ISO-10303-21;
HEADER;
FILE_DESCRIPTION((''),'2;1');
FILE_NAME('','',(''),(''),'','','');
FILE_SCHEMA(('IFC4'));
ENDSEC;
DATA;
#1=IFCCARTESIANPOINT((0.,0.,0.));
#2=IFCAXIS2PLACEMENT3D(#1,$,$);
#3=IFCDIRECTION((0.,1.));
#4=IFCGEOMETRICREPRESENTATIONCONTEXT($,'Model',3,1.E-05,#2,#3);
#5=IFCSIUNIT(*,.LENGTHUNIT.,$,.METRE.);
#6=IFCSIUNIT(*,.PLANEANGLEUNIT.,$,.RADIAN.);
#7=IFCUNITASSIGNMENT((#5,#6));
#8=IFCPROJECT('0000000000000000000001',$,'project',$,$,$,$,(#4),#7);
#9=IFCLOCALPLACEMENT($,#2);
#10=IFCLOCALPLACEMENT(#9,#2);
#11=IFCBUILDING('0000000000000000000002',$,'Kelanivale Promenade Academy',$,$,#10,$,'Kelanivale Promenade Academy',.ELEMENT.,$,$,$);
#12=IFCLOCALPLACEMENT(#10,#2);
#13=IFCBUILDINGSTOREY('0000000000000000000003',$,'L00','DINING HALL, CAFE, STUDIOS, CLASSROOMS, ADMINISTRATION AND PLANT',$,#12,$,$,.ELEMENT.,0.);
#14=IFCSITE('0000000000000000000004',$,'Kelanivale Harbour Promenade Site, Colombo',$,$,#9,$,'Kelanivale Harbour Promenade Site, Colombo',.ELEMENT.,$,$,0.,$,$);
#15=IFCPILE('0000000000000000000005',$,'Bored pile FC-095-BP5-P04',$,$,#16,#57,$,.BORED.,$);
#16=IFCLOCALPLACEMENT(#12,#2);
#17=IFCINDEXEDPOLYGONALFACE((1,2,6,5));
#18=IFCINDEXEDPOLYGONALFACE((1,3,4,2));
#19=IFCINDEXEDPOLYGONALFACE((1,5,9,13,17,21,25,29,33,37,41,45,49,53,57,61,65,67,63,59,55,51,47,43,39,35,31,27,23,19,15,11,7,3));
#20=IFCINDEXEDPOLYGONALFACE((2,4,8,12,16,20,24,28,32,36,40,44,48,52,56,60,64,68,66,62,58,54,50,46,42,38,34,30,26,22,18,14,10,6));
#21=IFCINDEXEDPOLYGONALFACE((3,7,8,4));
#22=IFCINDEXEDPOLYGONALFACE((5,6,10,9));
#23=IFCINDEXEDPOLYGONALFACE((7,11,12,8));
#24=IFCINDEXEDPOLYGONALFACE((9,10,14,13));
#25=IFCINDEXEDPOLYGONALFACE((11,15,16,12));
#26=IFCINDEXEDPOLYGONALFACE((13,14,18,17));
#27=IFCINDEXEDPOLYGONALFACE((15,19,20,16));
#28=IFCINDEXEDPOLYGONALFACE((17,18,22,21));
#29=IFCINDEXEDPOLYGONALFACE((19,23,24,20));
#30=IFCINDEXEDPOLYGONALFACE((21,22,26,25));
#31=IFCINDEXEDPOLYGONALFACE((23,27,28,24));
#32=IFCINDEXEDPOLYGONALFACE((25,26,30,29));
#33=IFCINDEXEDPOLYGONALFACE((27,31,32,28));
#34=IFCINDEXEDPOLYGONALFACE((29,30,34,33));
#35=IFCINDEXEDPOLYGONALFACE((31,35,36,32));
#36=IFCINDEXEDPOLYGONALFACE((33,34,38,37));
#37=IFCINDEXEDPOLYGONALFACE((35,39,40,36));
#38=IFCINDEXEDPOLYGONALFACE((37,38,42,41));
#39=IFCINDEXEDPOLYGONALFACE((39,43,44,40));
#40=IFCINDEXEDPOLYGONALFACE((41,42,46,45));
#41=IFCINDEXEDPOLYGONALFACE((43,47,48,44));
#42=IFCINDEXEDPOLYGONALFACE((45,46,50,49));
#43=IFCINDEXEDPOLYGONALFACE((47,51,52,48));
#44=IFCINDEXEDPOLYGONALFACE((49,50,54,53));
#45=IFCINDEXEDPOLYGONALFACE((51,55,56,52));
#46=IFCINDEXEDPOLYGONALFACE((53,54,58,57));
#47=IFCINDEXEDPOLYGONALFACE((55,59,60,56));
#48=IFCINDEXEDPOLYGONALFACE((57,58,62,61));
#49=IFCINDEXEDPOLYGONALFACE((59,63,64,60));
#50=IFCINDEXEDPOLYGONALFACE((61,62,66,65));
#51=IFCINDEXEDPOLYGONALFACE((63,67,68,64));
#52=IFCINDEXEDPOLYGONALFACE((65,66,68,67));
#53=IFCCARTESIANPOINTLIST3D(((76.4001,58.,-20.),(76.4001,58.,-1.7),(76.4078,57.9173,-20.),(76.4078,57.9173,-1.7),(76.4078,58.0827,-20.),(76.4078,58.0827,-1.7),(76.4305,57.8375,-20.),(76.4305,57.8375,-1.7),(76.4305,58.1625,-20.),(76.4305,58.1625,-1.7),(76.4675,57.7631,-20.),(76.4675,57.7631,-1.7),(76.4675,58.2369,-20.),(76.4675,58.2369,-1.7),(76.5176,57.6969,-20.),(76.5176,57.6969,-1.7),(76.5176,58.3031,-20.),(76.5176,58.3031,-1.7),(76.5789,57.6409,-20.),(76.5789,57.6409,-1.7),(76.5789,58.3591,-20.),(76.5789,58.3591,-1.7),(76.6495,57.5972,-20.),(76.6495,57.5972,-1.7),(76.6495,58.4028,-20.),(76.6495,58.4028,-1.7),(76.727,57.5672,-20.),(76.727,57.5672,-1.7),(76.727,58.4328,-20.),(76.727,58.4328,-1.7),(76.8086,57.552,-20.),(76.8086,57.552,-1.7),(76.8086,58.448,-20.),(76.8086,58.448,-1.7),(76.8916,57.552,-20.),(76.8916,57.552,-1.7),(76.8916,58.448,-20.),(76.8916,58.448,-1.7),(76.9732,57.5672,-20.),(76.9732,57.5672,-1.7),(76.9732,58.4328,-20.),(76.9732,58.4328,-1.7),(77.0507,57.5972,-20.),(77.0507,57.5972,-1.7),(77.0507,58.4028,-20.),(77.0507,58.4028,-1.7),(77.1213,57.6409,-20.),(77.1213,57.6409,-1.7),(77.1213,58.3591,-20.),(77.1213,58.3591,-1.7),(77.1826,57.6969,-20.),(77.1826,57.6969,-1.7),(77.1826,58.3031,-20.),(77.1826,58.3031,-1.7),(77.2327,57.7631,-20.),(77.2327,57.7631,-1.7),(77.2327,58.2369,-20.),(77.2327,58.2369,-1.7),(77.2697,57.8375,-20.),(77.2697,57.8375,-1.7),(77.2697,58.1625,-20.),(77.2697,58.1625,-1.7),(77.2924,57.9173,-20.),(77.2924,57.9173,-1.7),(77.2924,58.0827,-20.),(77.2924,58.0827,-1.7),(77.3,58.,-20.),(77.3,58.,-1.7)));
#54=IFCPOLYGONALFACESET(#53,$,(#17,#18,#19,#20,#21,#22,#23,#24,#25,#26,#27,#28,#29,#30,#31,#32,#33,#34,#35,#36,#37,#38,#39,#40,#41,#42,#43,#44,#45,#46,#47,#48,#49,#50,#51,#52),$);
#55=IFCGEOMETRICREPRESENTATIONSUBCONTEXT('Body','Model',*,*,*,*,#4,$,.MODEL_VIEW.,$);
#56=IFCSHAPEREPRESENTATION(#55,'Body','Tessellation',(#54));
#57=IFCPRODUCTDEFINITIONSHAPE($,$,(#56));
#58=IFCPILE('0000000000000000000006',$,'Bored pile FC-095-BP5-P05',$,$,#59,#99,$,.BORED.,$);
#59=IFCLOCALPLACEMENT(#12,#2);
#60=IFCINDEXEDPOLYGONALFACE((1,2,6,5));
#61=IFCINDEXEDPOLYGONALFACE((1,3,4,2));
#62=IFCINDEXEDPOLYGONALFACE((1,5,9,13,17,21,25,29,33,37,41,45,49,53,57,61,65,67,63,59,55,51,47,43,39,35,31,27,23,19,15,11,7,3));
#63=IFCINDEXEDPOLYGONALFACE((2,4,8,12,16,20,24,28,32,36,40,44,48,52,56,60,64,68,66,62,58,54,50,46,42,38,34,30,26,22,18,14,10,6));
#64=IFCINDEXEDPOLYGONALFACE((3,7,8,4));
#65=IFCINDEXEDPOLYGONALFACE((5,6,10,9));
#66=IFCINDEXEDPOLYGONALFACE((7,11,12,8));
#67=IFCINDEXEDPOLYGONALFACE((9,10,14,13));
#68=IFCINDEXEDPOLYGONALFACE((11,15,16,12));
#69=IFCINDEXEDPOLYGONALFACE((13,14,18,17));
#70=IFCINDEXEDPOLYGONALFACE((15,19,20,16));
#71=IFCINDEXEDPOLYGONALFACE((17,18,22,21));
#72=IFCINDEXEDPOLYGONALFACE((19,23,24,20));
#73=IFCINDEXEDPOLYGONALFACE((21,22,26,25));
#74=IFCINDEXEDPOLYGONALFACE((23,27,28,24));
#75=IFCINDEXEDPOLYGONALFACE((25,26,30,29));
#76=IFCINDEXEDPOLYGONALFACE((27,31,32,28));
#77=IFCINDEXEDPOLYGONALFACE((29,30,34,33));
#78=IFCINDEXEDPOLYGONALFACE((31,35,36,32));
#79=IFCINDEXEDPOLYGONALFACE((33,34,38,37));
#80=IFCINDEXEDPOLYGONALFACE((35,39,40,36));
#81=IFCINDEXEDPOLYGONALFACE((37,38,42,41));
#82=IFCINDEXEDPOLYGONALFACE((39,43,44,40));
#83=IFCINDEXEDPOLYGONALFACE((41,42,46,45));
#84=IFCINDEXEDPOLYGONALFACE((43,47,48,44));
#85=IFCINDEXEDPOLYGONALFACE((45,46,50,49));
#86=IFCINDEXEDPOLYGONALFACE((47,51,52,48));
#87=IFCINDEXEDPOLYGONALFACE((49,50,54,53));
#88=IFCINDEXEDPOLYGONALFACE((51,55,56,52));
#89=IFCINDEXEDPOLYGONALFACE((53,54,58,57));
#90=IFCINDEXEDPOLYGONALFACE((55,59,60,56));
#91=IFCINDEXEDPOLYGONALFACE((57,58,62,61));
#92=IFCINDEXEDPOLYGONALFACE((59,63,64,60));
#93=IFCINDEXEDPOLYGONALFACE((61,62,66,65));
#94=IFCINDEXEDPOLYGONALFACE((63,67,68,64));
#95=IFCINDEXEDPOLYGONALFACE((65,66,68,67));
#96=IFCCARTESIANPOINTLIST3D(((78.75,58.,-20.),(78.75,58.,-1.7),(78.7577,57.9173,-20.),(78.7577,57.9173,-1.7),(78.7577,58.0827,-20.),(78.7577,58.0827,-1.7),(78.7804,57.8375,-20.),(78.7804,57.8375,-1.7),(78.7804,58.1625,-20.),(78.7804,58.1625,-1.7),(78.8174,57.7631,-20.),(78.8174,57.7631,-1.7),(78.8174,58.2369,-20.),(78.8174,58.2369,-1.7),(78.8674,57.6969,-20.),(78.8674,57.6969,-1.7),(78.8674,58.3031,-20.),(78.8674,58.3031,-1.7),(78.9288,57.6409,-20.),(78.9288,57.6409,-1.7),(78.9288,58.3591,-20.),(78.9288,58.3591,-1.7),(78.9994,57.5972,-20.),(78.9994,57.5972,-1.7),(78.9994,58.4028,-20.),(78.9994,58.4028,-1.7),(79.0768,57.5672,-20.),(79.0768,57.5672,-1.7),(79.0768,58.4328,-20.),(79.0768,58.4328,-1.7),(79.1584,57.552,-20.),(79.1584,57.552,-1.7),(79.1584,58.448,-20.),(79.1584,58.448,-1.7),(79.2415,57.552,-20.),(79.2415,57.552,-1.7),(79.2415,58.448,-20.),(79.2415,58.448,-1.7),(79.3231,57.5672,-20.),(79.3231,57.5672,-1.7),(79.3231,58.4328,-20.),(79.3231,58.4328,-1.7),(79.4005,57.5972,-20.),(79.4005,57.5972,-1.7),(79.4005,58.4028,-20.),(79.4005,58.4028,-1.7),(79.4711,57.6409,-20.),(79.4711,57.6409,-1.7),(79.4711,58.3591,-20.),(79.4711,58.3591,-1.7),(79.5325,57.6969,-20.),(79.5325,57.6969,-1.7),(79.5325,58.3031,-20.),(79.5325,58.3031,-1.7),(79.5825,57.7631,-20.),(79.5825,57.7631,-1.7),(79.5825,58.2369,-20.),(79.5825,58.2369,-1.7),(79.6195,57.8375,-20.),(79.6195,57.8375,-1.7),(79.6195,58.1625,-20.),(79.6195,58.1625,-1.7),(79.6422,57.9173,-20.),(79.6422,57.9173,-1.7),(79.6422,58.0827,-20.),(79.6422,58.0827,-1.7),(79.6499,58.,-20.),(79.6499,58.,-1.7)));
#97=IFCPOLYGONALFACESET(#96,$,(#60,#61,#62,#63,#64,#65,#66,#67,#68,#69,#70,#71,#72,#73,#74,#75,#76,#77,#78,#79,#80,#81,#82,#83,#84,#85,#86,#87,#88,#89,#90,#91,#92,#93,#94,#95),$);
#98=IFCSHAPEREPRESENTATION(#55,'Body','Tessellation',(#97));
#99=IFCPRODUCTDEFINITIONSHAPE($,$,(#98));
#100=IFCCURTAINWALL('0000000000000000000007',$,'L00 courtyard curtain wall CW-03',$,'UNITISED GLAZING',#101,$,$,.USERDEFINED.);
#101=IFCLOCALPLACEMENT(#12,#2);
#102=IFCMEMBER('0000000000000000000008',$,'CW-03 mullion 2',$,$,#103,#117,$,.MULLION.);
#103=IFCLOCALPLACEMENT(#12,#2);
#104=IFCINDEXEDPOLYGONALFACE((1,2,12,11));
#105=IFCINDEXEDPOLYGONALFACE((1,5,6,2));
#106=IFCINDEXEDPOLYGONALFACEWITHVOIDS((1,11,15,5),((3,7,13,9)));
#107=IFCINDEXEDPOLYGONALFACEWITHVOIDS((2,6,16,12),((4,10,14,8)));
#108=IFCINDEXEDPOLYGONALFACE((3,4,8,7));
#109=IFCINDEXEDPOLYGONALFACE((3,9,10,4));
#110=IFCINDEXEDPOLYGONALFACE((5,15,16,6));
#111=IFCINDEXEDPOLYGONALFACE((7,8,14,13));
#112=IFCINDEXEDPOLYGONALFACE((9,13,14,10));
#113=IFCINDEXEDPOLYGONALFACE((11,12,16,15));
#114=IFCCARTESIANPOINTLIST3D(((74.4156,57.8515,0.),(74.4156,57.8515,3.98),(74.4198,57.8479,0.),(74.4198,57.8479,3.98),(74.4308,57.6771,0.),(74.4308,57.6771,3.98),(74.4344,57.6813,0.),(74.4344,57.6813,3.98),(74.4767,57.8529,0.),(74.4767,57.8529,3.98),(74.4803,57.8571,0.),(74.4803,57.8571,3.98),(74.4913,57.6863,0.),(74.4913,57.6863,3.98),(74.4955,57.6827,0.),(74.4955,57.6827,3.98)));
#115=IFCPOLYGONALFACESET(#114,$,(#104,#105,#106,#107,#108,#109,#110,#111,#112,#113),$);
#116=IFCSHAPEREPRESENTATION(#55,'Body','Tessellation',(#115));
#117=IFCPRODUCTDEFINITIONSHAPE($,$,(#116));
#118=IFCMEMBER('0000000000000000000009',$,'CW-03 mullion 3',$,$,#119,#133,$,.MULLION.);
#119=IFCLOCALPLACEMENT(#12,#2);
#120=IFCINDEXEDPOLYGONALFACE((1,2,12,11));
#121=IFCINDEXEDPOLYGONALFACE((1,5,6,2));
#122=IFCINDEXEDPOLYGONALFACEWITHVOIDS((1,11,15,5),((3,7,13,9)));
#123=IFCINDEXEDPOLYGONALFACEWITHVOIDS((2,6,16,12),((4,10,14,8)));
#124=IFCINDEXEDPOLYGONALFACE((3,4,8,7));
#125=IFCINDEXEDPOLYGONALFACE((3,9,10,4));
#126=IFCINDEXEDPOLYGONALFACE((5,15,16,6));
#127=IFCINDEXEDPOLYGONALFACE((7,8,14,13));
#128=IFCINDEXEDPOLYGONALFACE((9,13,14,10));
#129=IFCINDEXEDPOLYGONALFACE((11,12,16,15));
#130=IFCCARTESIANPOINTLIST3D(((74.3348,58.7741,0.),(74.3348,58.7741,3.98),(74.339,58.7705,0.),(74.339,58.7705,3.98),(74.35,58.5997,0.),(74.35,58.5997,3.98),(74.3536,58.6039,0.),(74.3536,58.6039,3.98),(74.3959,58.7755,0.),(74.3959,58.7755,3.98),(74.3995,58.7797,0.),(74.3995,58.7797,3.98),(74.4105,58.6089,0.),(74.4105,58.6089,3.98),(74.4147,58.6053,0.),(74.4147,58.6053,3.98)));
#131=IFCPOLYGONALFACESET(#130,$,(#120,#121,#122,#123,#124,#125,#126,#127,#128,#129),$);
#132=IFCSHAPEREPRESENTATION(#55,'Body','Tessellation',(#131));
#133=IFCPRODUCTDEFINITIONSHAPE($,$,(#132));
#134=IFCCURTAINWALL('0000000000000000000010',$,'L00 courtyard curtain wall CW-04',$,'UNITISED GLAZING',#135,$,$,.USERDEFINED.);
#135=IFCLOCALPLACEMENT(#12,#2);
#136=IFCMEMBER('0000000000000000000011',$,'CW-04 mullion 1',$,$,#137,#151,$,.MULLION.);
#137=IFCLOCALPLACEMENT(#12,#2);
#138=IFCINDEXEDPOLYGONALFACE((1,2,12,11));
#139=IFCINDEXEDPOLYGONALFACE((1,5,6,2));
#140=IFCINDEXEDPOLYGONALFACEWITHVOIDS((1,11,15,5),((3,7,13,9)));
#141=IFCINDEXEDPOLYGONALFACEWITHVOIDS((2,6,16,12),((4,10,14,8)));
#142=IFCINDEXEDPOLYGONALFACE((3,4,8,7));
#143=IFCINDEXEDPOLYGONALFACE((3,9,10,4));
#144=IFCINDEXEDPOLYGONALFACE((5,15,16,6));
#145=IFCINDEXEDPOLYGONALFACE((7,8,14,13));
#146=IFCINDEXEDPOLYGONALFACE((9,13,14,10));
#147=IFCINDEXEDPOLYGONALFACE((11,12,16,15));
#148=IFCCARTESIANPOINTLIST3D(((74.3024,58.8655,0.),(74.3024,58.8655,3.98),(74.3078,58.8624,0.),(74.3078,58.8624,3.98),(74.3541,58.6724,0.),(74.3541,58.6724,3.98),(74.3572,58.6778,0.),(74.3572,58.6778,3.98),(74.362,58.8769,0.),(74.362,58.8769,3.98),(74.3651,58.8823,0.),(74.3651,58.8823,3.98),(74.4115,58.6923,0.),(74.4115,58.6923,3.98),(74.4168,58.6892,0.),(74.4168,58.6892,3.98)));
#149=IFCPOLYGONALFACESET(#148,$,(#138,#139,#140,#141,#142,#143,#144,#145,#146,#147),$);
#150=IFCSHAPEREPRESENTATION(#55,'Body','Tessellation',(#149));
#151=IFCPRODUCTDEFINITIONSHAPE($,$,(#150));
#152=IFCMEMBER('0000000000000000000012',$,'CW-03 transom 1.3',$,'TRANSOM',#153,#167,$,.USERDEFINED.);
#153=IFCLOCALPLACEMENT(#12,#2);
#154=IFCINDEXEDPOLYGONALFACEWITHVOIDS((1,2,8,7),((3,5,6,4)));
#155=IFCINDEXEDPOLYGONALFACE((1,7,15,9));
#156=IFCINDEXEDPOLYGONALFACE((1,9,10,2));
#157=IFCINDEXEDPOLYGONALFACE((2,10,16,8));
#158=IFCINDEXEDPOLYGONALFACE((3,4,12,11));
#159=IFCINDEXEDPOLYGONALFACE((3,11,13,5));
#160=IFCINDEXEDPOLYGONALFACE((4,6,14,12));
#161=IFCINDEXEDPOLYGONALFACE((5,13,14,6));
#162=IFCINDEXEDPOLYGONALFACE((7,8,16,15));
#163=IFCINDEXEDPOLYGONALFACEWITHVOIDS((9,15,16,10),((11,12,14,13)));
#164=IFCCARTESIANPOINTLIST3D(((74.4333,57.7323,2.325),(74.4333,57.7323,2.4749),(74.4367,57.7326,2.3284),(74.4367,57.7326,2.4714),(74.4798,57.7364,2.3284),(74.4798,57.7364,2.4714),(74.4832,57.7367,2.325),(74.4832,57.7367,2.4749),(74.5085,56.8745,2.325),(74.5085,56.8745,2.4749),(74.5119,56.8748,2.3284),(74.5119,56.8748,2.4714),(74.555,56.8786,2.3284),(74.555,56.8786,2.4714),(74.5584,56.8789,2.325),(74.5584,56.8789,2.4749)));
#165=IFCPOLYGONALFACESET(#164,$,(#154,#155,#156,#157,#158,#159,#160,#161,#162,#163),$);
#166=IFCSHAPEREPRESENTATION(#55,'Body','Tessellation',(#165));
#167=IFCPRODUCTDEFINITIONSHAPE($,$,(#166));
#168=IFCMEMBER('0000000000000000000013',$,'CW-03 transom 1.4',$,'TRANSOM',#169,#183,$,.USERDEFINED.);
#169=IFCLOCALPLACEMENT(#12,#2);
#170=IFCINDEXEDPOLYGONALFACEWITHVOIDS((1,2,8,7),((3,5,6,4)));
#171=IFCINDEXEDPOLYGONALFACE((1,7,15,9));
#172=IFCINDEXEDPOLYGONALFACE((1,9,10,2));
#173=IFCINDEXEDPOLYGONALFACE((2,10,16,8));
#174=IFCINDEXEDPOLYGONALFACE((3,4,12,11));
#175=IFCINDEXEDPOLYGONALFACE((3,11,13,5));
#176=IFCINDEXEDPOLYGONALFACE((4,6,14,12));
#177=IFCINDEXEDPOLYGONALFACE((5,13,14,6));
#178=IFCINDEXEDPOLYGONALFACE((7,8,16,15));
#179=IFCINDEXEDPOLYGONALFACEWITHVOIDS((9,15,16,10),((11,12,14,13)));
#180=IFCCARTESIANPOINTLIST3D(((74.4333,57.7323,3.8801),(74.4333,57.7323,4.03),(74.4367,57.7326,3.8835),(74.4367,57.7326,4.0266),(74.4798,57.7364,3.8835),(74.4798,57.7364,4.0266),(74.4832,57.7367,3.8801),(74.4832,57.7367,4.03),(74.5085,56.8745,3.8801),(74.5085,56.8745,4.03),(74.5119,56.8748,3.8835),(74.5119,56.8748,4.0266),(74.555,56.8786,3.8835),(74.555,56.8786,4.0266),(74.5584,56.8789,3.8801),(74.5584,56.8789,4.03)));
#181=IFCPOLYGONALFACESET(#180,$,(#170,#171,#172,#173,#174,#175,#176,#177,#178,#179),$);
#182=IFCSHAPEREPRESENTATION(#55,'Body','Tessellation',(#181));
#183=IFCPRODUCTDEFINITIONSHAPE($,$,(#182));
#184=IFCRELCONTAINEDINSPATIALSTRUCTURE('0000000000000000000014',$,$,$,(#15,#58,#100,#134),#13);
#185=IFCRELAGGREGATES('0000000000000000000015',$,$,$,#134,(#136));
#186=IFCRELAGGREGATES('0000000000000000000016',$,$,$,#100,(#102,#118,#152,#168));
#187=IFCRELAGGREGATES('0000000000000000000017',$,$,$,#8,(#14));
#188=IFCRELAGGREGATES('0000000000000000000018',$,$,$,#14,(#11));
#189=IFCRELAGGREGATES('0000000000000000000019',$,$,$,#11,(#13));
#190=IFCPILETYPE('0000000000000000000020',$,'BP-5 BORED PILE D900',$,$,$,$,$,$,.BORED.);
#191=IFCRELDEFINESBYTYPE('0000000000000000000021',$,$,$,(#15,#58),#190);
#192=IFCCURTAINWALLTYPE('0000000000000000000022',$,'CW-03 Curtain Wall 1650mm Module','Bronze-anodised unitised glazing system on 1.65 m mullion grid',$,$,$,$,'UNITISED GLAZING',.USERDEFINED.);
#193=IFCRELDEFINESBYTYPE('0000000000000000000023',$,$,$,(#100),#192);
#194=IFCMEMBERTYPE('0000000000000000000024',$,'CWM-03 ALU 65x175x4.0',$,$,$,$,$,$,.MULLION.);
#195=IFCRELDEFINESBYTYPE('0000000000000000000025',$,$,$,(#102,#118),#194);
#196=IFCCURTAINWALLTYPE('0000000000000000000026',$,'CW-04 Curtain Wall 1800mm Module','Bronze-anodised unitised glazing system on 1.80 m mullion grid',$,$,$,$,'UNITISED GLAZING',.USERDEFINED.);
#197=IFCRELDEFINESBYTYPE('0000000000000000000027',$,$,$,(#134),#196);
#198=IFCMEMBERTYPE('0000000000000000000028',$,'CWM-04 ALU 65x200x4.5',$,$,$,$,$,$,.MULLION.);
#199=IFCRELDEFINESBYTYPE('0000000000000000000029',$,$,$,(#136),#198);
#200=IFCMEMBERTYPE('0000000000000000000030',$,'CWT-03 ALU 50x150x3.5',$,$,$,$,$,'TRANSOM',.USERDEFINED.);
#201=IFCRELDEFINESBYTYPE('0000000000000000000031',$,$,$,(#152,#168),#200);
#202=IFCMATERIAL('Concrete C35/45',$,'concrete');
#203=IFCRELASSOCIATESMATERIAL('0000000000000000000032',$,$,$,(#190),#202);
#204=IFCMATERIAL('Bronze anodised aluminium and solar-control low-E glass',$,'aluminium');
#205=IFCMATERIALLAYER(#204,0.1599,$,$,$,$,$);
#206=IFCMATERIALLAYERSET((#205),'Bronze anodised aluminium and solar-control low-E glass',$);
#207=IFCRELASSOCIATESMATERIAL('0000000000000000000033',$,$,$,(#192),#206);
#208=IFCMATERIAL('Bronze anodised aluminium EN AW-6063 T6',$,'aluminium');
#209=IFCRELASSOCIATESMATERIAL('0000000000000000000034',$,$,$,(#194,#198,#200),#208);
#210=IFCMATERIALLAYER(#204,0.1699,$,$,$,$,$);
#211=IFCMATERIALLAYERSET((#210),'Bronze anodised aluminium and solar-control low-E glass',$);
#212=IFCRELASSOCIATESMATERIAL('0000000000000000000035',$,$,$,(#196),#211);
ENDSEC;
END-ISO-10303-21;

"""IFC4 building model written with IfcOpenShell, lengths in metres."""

from ifc_helpers import new_model, si_unit, direction, frame, origin, origin_2d, place, context, subcontext, project, spatial, hollow_rectangle, circle, extrude, material, layer, layer_set, material_profile, profile_set, type_object, element, aggregate, save


model = new_model("IFC4")

# Units and contexts
model_context = context("Model", 3, precision=1e-05, world=origin(), true_north=direction((0.0, 1.0)))
body_context = subcontext(model_context, "Body", "Model", "MODEL_VIEW")
ifc_project = project(units=[si_unit("LENGTHUNIT", "METRE"), si_unit("PLANEANGLEUNIT", "RADIAN")], contexts=[model_context])

# Site, building, storey
site_placement = place(None, origin())
site = spatial("IfcSite", under=ifc_project, at=site_placement, Name="Kelanivale Harbour Promenade Site, Colombo", LongName="Kelanivale Harbour Promenade Site, Colombo", CompositionType="ELEMENT", RefElevation=0.0)
building_placement = place(site_placement, origin())
building = spatial("IfcBuilding", under=site, at=building_placement, Name="Kelanivale Promenade Academy", LongName="Kelanivale Promenade Academy", CompositionType="ELEMENT")
storey_placement = place(building_placement, origin())
storey = spatial("IfcBuildingStorey", under=building, at=storey_placement, Name="L00", Description="DINING HALL, CAFE, STUDIOS, CLASSROOMS, ADMINISTRATION AND PLANT", CompositionType="ELEMENT", Elevation=0.0)

# Piles
ifc_material_1 = material(Name="Concrete C35/45", Category="concrete")
ifc_material_profile_1 = material_profile(ifc_material_1, circle(Radius=0.45, at=origin_2d()), Name="BORED PILE D900")
ifc_profile_set_1 = profile_set([ifc_material_profile_1], Name="Concrete C35/45")
pile_type = type_object("IfcPileType", Name="BP-5 BORED PILE D900", PredefinedType="BORED", material=ifc_profile_set_1)
for number, where, z_axis, x_axis, name in (
    (1, (76.8501, 58.0, -1.7), (0.0, 0.0, -1.0), (1.0, 0.0, 0.0), "Bored pile FC-095-BP5-P04"),
    (2, (79.2, 58.0, -1.7), (0.0, 0.0, -1.0), (1.0, 0.0, 0.0), "Bored pile FC-095-BP5-P05"),
):
    element("IfcPile", number, at=place(storey_placement, frame(where, z_axis=z_axis, x_axis=x_axis)), inside=storey, type_object=pile_type, Name=name, PredefinedType="BORED", context=body_context, shape_type="SweptSolid", body=[
        extrude(circle(Radius=0.45, at=origin_2d()), origin(), (0.0, 0.0, 1.0), 18.3),
    ])

# Curtain wall, members
ifc_material_2 = material(Name="Bronze anodised aluminium and solar-control low-E glass", Category="aluminium")
ifc_layer_1 = layer(ifc_material_2, 0.1599)
ifc_layer_set_1 = layer_set([ifc_layer_1], Name="Bronze anodised aluminium and solar-control low-E glass")
curtain_wall_type_1 = type_object("IfcCurtainWallType", Name="CW-03 Curtain Wall 1650mm Module", Description="Bronze-anodised unitised glazing system on 1.65 m mullion grid", ElementType="UNITISED GLAZING", PredefinedType="USERDEFINED", material=ifc_layer_set_1)
curtain_wall_1_placement = place(storey_placement, origin())
curtain_wall_1 = element("IfcCurtainWall", 3, at=curtain_wall_1_placement, inside=storey, type_object=curtain_wall_type_1, Name="L00 courtyard curtain wall CW-03", ObjectType="UNITISED GLAZING", PredefinedType="USERDEFINED")
ifc_material_3 = material(Name="Bronze anodised aluminium EN AW-6063 T6", Category="aluminium")
ifc_material_profile_2 = material_profile(ifc_material_3, hollow_rectangle(XDim=0.0649, YDim=0.175, WallThickness=0.0039, at=origin_2d()), Name="ALU 65x175x4.0")
ifc_profile_set_2 = profile_set([ifc_material_profile_2], Name="Bronze anodised aluminium EN AW-6063 T6")
member_type_1 = type_object("IfcMemberType", Name="CWM-03 ALU 65x175x4.0", PredefinedType="MULLION", material=ifc_profile_set_2)
member_1_placement = place(storey_placement, frame((74.4556, 57.7671, 0.0), z_axis=(0.0, 0.0, 1.0), x_axis=(-0.996199, -0.087102, 0.0)))
member_1 = element("IfcMember", 4, at=member_1_placement, type_object=member_type_1, Name="CW-03 mullion 2", PredefinedType="MULLION", context=body_context, shape_type="SweptSolid", body=[
    extrude(hollow_rectangle(XDim=0.0649, YDim=0.175, WallThickness=0.0039, at=origin_2d()), origin(), (0.0, 0.0, 1.0), 3.98),
])
member_2_placement = place(storey_placement, frame((74.3748, 58.6897, 0.0), z_axis=(0.0, 0.0, 1.0), x_axis=(-0.996199, -0.087102, 0.0)))
member_2 = element("IfcMember", 5, at=member_2_placement, type_object=member_type_1, Name="CW-03 mullion 3", PredefinedType="MULLION", context=body_context, shape_type="SweptSolid", body=[
    extrude(hollow_rectangle(XDim=0.0649, YDim=0.175, WallThickness=0.0039, at=origin_2d()), origin(), (0.0, 0.0, 1.0), 3.98),
])

# Curtain wall, member
ifc_layer_2 = layer(ifc_material_2, 0.1699)
ifc_layer_set_2 = layer_set([ifc_layer_2], Name="Bronze anodised aluminium and solar-control low-E glass")
curtain_wall_type_2 = type_object("IfcCurtainWallType", Name="CW-04 Curtain Wall 1800mm Module", Description="Bronze-anodised unitised glazing system on 1.80 m mullion grid", ElementType="UNITISED GLAZING", PredefinedType="USERDEFINED", material=ifc_layer_set_2)
curtain_wall_2_placement = place(storey_placement, origin())
curtain_wall_2 = element("IfcCurtainWall", 6, at=curtain_wall_2_placement, inside=storey, type_object=curtain_wall_type_2, Name="L00 courtyard curtain wall CW-04", ObjectType="UNITISED GLAZING", PredefinedType="USERDEFINED")
ifc_material_profile_3 = material_profile(ifc_material_3, hollow_rectangle(XDim=0.0649, YDim=0.2, WallThickness=0.0044, at=origin_2d()), Name="ALU 65x200x4.5")
ifc_profile_set_3 = profile_set([ifc_material_profile_3], Name="Bronze anodised aluminium EN AW-6063 T6")
member_type_2 = type_object("IfcMemberType", Name="CWM-04 ALU 65x200x4.5", PredefinedType="MULLION", material=ifc_profile_set_3)
member_3_placement = place(storey_placement, frame((74.3596, 58.7773, 0.0), z_axis=(0.0, 0.0, 1.0), x_axis=(-0.96599, -0.258578, 0.0)))
member_3 = element("IfcMember", 7, at=member_3_placement, type_object=member_type_2, Name="CW-04 mullion 1", PredefinedType="MULLION", context=body_context, shape_type="SweptSolid", body=[
    extrude(hollow_rectangle(XDim=0.0649, YDim=0.2, WallThickness=0.0044, at=origin_2d()), origin(), (0.0, 0.0, 1.0), 3.98),
])

# Members
ifc_material_profile_4 = material_profile(ifc_material_3, hollow_rectangle(XDim=0.05, YDim=0.1499, WallThickness=0.0034, at=origin_2d()), Name="ALU 50x150x3.5")
ifc_profile_set_4 = profile_set([ifc_material_profile_4], Name="Bronze anodised aluminium EN AW-6063 T6")
member_type_3 = type_object("IfcMemberType", Name="CWT-03 ALU 50x150x3.5", ElementType="TRANSOM", PredefinedType="USERDEFINED", material=ifc_profile_set_4)
member_4_placement = place(storey_placement, frame((74.5334, 56.8767, 2.3999), z_axis=(-0.087315, 0.996181, 0.0), x_axis=(-0.996181, -0.087315, 0.0)))
member_4 = element("IfcMember", 8, at=member_4_placement, type_object=member_type_3, Name="CW-03 transom 1.3", ObjectType="TRANSOM", PredefinedType="USERDEFINED", context=body_context, shape_type="SweptSolid", body=[
    extrude(hollow_rectangle(XDim=0.05, YDim=0.1499, WallThickness=0.0034, at=origin_2d()), origin(), (0.0, 0.0, 1.0), 0.8611),
])
member_5_placement = place(storey_placement, frame((74.5334, 56.8767, 3.9551), z_axis=(-0.087315, 0.996181, 0.0), x_axis=(-0.996181, -0.087315, 0.0)))
member_5 = element("IfcMember", 9, at=member_5_placement, type_object=member_type_3, Name="CW-03 transom 1.4", ObjectType="TRANSOM", PredefinedType="USERDEFINED", context=body_context, shape_type="SweptSolid", body=[
    extrude(hollow_rectangle(XDim=0.05, YDim=0.1499, WallThickness=0.0034, at=origin_2d()), origin(), (0.0, 0.0, 1.0), 0.8611),
])

aggregate(curtain_wall_2, [member_3])
aggregate(curtain_wall_1, [member_1, member_2, member_4, member_5])

save(model, "model.ifc")
